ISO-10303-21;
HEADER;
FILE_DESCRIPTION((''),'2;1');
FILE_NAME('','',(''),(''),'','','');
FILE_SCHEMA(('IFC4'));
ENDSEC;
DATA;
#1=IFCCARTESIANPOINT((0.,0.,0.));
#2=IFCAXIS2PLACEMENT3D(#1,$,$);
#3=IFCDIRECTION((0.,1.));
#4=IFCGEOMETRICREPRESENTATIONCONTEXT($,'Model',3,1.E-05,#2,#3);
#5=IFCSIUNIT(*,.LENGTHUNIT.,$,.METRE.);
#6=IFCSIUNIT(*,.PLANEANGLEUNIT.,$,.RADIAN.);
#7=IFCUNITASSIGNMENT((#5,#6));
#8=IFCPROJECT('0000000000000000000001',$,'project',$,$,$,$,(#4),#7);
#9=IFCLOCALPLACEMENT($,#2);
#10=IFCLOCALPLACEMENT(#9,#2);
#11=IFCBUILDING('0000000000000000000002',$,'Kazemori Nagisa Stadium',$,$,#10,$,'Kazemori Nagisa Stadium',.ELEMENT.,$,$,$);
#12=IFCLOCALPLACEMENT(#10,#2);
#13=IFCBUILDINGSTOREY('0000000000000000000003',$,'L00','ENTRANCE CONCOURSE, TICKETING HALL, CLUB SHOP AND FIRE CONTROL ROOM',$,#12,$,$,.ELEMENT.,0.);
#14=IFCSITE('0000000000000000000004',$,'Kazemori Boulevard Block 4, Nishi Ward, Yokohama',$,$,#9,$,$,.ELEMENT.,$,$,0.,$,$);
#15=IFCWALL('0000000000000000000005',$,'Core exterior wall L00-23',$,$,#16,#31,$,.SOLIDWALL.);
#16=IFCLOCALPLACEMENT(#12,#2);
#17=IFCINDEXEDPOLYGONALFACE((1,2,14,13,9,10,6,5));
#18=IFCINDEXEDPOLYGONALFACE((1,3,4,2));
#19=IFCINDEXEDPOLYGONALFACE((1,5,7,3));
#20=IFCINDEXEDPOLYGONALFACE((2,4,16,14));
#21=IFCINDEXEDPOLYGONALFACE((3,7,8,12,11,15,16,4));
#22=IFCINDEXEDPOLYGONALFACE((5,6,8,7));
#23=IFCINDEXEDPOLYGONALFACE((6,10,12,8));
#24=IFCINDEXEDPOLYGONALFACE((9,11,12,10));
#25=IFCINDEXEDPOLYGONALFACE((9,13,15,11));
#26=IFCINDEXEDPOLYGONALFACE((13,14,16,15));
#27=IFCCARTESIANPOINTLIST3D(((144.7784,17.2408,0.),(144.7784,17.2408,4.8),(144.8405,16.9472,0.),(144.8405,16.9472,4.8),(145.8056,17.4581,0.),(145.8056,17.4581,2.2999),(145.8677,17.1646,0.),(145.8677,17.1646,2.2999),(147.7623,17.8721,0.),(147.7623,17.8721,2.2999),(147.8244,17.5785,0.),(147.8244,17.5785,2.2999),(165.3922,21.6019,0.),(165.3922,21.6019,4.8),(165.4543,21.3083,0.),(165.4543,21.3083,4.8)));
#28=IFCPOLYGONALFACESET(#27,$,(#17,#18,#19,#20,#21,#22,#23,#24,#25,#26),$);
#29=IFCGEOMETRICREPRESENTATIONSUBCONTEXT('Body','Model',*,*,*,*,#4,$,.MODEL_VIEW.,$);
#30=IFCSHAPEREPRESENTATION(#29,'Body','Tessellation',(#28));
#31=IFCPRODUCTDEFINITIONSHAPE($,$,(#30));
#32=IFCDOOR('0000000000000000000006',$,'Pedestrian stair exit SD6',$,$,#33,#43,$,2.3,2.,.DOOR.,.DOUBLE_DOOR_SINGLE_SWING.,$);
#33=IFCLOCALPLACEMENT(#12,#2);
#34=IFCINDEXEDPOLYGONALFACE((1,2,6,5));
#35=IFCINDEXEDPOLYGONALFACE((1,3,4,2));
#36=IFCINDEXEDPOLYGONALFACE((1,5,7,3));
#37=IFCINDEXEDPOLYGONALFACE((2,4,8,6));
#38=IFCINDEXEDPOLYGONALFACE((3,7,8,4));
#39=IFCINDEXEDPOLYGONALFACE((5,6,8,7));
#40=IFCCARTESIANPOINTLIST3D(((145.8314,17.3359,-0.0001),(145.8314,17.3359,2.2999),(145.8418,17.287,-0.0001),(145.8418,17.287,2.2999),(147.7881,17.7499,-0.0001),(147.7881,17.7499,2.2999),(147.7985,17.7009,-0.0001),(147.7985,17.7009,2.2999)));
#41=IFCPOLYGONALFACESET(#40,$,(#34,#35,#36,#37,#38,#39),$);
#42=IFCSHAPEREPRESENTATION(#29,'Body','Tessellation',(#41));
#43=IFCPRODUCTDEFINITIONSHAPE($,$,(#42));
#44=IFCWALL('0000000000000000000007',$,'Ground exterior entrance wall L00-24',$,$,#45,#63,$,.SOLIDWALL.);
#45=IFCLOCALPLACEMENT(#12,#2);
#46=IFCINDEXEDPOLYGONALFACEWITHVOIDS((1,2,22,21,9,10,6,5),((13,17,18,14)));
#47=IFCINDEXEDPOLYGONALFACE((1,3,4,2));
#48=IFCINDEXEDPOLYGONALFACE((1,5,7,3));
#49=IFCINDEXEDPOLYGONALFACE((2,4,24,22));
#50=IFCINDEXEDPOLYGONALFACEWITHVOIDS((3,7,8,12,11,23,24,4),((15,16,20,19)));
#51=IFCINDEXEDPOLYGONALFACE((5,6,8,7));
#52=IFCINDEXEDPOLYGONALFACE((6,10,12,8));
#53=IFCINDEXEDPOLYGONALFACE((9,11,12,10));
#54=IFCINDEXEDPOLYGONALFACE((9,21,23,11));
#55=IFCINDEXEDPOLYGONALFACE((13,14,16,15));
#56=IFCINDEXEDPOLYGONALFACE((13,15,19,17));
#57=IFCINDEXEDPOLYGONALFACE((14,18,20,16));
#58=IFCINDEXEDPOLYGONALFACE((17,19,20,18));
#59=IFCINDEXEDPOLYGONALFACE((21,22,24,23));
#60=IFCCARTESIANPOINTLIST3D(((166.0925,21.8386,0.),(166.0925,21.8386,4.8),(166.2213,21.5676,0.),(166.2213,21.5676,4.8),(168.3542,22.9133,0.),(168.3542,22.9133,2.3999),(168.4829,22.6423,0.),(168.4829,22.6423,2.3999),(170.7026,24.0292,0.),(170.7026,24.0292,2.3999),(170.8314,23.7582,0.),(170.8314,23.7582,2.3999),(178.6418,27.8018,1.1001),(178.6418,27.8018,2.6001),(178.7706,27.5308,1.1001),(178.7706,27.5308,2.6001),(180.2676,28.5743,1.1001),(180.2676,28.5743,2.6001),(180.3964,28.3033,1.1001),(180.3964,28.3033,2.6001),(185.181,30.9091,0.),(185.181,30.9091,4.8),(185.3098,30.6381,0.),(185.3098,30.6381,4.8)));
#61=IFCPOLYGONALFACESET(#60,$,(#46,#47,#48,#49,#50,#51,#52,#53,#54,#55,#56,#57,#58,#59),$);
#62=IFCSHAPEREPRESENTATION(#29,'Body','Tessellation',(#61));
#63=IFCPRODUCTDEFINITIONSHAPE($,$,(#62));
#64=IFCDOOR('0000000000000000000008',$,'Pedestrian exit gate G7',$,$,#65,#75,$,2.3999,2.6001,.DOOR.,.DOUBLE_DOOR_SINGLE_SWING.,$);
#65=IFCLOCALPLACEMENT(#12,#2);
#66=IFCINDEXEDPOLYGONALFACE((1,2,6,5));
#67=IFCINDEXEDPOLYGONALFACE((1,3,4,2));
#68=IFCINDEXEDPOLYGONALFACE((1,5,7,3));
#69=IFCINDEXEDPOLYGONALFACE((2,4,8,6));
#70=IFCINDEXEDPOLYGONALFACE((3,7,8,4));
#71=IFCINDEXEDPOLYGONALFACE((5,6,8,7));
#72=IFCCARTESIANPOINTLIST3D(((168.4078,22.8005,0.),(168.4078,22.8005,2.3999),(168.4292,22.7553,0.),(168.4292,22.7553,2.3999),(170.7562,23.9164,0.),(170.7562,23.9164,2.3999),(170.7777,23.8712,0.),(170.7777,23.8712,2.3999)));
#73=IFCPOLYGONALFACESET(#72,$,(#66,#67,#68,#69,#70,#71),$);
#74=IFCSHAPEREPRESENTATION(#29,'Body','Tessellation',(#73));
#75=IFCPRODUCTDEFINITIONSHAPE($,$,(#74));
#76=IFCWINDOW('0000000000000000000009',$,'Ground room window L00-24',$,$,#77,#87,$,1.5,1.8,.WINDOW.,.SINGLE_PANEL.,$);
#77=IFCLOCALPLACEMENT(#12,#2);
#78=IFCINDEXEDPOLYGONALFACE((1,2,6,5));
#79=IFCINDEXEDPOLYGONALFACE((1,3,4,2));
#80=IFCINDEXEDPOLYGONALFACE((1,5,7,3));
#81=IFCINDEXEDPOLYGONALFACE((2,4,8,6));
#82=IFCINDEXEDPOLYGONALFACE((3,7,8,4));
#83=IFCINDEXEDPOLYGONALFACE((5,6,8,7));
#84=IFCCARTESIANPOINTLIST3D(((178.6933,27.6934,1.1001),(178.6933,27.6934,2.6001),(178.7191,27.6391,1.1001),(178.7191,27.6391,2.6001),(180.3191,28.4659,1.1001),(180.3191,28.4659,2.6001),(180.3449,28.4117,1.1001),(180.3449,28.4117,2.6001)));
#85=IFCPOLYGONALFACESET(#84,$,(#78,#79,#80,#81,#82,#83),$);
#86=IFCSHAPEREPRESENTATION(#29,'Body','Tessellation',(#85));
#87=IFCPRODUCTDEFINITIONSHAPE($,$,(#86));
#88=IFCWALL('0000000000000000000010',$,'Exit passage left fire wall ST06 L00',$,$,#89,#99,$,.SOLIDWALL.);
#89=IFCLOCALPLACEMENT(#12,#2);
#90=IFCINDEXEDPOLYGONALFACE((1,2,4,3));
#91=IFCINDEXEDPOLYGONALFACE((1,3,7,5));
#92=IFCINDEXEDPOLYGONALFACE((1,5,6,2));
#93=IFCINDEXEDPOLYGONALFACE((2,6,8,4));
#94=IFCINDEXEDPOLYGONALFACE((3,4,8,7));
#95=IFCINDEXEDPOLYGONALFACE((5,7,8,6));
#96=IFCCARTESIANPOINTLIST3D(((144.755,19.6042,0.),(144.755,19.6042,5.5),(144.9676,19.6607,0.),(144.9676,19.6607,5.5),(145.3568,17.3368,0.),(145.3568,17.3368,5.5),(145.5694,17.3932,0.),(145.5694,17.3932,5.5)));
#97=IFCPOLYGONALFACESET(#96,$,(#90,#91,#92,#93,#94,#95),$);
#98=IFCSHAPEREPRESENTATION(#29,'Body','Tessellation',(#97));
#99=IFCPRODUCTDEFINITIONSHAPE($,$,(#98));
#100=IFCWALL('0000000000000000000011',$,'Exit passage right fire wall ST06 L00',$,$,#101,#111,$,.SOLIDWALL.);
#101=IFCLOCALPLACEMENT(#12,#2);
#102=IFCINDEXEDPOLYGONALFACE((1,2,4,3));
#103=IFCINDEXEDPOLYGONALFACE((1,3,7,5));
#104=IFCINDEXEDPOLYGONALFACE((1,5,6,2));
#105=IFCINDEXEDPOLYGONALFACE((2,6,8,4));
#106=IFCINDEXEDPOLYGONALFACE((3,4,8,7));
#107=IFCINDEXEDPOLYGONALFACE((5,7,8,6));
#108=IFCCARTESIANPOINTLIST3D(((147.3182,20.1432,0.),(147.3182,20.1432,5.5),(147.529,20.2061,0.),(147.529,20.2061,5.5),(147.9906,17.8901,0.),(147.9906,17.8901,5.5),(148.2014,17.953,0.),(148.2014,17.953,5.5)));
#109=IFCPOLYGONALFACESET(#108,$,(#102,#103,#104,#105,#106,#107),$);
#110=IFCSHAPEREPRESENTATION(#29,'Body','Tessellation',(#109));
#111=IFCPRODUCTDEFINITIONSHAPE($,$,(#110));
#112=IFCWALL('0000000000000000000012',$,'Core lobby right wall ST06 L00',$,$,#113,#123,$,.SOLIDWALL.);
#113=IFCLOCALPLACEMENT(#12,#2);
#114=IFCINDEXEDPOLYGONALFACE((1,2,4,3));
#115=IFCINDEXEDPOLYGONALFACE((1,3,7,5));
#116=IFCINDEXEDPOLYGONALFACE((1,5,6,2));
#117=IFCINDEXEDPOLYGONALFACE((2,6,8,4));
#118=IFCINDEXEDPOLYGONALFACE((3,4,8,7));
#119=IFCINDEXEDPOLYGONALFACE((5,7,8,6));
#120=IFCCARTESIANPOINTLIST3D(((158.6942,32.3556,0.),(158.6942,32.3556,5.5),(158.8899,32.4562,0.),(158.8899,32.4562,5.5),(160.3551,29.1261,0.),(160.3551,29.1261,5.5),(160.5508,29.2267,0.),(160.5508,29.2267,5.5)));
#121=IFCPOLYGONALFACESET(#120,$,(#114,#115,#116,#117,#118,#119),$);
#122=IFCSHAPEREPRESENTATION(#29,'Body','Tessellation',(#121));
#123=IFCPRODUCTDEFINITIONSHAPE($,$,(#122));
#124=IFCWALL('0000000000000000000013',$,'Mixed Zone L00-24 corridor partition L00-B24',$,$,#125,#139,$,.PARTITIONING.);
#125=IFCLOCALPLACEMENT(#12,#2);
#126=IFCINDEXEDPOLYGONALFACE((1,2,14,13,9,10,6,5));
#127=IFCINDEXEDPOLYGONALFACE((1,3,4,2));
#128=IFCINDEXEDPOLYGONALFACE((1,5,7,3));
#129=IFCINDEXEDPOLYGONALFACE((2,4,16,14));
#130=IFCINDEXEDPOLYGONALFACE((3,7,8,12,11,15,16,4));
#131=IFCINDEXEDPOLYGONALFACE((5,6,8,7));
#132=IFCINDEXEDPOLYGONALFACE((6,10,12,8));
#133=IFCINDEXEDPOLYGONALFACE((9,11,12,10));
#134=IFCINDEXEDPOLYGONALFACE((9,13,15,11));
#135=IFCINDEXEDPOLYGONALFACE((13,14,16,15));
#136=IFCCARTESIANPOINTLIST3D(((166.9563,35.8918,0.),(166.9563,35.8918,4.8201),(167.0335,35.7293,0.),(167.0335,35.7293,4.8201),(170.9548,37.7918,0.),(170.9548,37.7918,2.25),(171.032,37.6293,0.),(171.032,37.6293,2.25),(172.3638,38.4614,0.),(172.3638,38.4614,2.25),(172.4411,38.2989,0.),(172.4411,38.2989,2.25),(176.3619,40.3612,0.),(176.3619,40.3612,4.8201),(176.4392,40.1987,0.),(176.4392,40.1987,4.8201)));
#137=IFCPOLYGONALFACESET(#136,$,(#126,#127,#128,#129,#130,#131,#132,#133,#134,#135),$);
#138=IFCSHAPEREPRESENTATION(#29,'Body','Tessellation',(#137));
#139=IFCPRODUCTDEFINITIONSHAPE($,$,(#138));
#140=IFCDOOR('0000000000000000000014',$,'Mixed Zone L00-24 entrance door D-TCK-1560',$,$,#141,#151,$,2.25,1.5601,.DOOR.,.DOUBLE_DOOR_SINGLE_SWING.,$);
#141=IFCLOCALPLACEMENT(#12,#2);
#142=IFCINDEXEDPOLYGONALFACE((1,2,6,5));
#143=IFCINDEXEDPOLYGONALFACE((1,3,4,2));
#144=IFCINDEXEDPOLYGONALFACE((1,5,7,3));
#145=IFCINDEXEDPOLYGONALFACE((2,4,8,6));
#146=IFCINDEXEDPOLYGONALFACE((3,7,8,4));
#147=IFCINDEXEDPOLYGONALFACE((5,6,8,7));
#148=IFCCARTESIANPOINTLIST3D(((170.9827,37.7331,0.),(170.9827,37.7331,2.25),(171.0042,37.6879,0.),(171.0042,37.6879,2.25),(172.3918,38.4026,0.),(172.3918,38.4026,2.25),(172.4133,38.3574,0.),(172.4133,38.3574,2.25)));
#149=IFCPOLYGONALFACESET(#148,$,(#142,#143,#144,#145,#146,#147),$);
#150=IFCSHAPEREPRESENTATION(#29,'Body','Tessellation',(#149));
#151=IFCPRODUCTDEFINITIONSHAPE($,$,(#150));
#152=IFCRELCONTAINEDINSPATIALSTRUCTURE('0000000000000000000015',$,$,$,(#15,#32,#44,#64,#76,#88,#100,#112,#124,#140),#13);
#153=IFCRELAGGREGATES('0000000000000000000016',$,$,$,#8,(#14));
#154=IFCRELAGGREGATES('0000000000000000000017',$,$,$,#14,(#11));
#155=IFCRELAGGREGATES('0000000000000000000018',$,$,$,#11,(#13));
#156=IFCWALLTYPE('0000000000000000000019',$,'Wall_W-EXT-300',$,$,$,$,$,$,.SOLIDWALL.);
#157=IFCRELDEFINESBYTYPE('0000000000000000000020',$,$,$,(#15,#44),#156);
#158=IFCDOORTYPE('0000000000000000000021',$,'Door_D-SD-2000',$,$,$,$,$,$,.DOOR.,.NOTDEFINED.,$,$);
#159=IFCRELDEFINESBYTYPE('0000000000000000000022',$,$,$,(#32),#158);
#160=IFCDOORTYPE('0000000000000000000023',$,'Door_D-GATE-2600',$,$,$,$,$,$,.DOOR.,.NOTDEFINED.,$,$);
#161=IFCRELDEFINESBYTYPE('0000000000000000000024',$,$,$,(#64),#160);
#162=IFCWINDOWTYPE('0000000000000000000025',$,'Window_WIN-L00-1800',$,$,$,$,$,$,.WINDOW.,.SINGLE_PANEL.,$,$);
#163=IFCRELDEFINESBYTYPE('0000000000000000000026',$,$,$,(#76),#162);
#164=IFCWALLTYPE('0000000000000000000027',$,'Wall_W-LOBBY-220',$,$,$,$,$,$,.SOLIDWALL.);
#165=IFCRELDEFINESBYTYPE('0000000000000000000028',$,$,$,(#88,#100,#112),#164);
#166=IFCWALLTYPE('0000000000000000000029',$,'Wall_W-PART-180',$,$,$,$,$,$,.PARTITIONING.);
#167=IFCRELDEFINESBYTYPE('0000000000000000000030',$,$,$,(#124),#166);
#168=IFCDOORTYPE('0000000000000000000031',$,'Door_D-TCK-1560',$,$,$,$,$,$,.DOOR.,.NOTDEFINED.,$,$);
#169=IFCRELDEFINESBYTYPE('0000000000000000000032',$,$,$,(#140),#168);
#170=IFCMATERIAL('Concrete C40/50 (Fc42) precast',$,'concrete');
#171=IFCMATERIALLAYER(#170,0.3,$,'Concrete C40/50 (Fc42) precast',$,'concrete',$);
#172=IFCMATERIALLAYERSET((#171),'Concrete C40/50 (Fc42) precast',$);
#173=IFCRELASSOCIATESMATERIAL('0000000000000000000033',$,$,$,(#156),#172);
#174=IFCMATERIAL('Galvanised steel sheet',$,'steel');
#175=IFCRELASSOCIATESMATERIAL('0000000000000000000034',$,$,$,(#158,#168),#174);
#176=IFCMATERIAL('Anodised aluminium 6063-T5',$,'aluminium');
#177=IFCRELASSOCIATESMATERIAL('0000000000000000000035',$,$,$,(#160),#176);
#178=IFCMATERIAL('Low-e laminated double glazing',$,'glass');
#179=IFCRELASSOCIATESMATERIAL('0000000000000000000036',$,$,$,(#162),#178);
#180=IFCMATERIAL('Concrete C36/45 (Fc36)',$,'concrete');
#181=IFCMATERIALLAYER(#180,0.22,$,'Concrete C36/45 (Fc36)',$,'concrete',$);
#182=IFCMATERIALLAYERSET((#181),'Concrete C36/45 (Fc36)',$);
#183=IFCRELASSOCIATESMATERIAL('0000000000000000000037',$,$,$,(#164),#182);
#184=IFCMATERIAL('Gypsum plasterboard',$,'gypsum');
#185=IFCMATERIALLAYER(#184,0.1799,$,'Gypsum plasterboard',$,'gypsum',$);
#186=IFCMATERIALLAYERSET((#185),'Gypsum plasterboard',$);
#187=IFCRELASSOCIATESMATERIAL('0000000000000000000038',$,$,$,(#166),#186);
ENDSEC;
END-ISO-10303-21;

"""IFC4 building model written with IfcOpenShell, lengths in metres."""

from ifc_helpers import new_model, si_unit, direction, frame, frame_2d, origin, place, context, subcontext, project, spatial, rectangle, extrude, material, layer, layer_set, type_object, element, fill, save


model = new_model("IFC4")

# Units and contexts
model_context = context("Model", 3, precision=1e-05, world=origin(), true_north=direction((0.0, 1.0)))
body_context = subcontext(model_context, "Body", "Model", "MODEL_VIEW")
ifc_project = project(units=[si_unit("LENGTHUNIT", "METRE"), si_unit("PLANEANGLEUNIT", "RADIAN")], contexts=[model_context])

# Site, building, storey
site_placement = place(None, origin())
site = spatial("IfcSite", under=ifc_project, at=site_placement, Name="Kazemori Boulevard Block 4, Nishi Ward, Yokohama", CompositionType="ELEMENT", RefElevation=0.0)
building_placement = place(site_placement, origin())
building = spatial("IfcBuilding", under=site, at=building_placement, Name="Kazemori Nagisa Stadium", LongName="Kazemori Nagisa Stadium", CompositionType="ELEMENT")
storey_placement = place(building_placement, origin())
storey = spatial("IfcBuildingStorey", under=building, at=storey_placement, Name="L00", Description="ENTRANCE CONCOURSE, TICKETING HALL, CLUB SHOP AND FIRE CONTROL ROOM", CompositionType="ELEMENT", Elevation=0.0)

# Wall, opening, door
ifc_material_1 = material(Name="Concrete C40/50 (Fc42) precast", Category="concrete")
ifc_layer_1 = layer(ifc_material_1, 0.3, Name="Concrete C40/50 (Fc42) precast", Category="concrete")
ifc_layer_set_1 = layer_set([ifc_layer_1], Name="Concrete C40/50 (Fc42) precast")
wall_type_1 = type_object("IfcWallType", Name="Wall_W-EXT-300", PredefinedType="SOLIDWALL", material=ifc_layer_set_1)
wall_1_placement = place(storey_placement, frame((144.8093, 17.094, 0.0), z_axis=(0.0, 0.0, 1.0), x_axis=(0.978345, 0.20698, 0.0)))
wall_1 = element("IfcWall", 1, at=wall_1_placement, inside=storey, type_object=wall_type_1, Name="Core exterior wall L00-23", PredefinedType="SOLIDWALL", context=body_context, shape_type="SweptSolid", body=[
    extrude(rectangle(XDim=21.0701, YDim=0.3, at=frame_2d((10.5352, 0.0))), origin(), (0.0, 0.0, 1.0), 4.8),
])
opening_1_placement = place(wall_1_placement, frame((1.05, 0.0, 0.0)))
opening_1 = element("IfcOpeningElement", 2, at=opening_1_placement, cuts=wall_1, PredefinedType="OPENING", context=body_context, shape_type="SweptSolid", body=[
    extrude(rectangle(XDim=2.0, YDim=2.3, at=frame_2d((1.0, 1.1499))), frame((0.0, 0.1599, 0.0), z_axis=(0.0, -1.0, 0.0), x_axis=(1.0, 0.0, 0.0)), (0.0, 0.0, 1.0), 0.3201),
])
ifc_material_2 = material(Name="Galvanised steel sheet", Category="steel")
door_type_1 = type_object("IfcDoorType", Name="Door_D-SD-2000", OperationType="NOTDEFINED", PredefinedType="DOOR", material=ifc_material_2)
door_1_placement = place(opening_1_placement, frame((2.0, 0.0, 0.0), z_axis=(0.0, 0.0, 1.0), x_axis=(-1.0, 0.0, 0.0)))
door_1 = element("IfcDoor", 3, at=door_1_placement, inside=storey, type_object=door_type_1, Name="Pedestrian stair exit SD6", OperationType="DOUBLE_DOOR_SINGLE_SWING", OverallHeight=2.3, OverallWidth=2.0, PredefinedType="DOOR", context=body_context, shape_type="SweptSolid", body=[
    extrude(rectangle(XDim=2.0, YDim=2.3, at=frame_2d((1.0, 1.1499))), frame((0.0, 0.0249, 0.0), z_axis=(0.0, -1.0, 0.0), x_axis=(1.0, 0.0, 0.0)), (0.0, 0.0, 1.0), 0.05),
])
fill(opening_1, door_1)

# Wall, openings, door, window
wall_2_placement = place(storey_placement, frame((166.157, 21.7031, 0.0), z_axis=(0.0, 0.0, 1.0), x_axis=(0.903214, 0.42919, 0.0)))
wall_2 = element("IfcWall", 4, at=wall_2_placement, inside=storey, type_object=wall_type_1, Name="Ground exterior entrance wall L00-24", PredefinedType="SOLIDWALL", context=body_context, shape_type="SweptSolid", body=[
    extrude(rectangle(XDim=21.134, YDim=0.3, at=frame_2d((10.5669, 0.0))), origin(), (0.0, 0.0, 1.0), 4.8),
])
opening_2_placement = place(wall_2_placement, frame((2.5039, 0.0, 0.0)))
opening_2 = element("IfcOpeningElement", 5, at=opening_2_placement, cuts=wall_2, PredefinedType="OPENING", context=body_context, shape_type="SweptSolid", body=[
    extrude(rectangle(XDim=2.6001, YDim=2.3999, at=frame_2d((1.3, 1.2))), frame((0.0, 0.1599, 0.0), z_axis=(0.0, -1.0, 0.0), x_axis=(1.0, 0.0, 0.0)), (0.0, 0.0, 1.0), 0.3201),
])
opening_3_placement = place(wall_2_placement, frame((13.894, 0.0, 1.1001)))
opening_3 = element("IfcOpeningElement", 6, at=opening_3_placement, cuts=wall_2, PredefinedType="OPENING", context=body_context, shape_type="SweptSolid", body=[
    extrude(rectangle(XDim=1.8, YDim=1.5, at=frame_2d((0.8999, 0.75))), frame((0.0, 0.1599, 0.0), z_axis=(0.0, -1.0, 0.0), x_axis=(1.0, 0.0, 0.0)), (0.0, 0.0, 1.0), 0.3201),
])
ifc_material_3 = material(Name="Anodised aluminium 6063-T5", Category="aluminium")
door_type_2 = type_object("IfcDoorType", Name="Door_D-GATE-2600", OperationType="NOTDEFINED", PredefinedType="DOOR", material=ifc_material_3)
door_2_placement = place(opening_2_placement, frame((2.6001, 0.0, 0.0), z_axis=(0.0, 0.0, 1.0), x_axis=(-1.0, 0.0, 0.0)))
door_2 = element("IfcDoor", 7, at=door_2_placement, inside=storey, type_object=door_type_2, Name="Pedestrian exit gate G7", OperationType="DOUBLE_DOOR_SINGLE_SWING", OverallHeight=2.3999, OverallWidth=2.6001, PredefinedType="DOOR", context=body_context, shape_type="SweptSolid", body=[
    extrude(rectangle(XDim=2.6001, YDim=2.3999, at=frame_2d((1.3, 1.2))), frame((0.0, 0.0249, 0.0), z_axis=(0.0, -1.0, 0.0), x_axis=(1.0, 0.0, 0.0)), (0.0, 0.0, 1.0), 0.05),
])
fill(opening_2, door_2)
ifc_material_4 = material(Name="Low-e laminated double glazing", Category="glass")
window_type = type_object("IfcWindowType", Name="Window_WIN-L00-1800", PartitioningType="SINGLE_PANEL", PredefinedType="WINDOW", material=ifc_material_4)
window_placement = place(opening_3_placement, origin())
window = element("IfcWindow", 8, at=window_placement, inside=storey, type_object=window_type, Name="Ground room window L00-24", OverallHeight=1.5, OverallWidth=1.8, PartitioningType="SINGLE_PANEL", PredefinedType="WINDOW", context=body_context, shape_type="SweptSolid", body=[
    extrude(rectangle(XDim=1.8, YDim=1.5, at=frame_2d((0.8999, 0.75))), frame((0.0, 0.03, 0.0), z_axis=(0.0, -1.0, 0.0), x_axis=(1.0, 0.0, 0.0)), (0.0, 0.0, 1.0), 0.0601),
])
fill(opening_3, window)

# Walls
ifc_material_5 = material(Name="Concrete C36/45 (Fc36)", Category="concrete")
ifc_layer_2 = layer(ifc_material_5, 0.22, Name="Concrete C36/45 (Fc36)", Category="concrete")
ifc_layer_set_2 = layer_set([ifc_layer_2], Name="Concrete C36/45 (Fc36)")
wall_type_2 = type_object("IfcWallType", Name="Wall_W-LOBBY-220", PredefinedType="SOLIDWALL", material=ifc_layer_set_2)
wall_3_placement = place(storey_placement, frame((144.8613, 19.6323, 0.0), z_axis=(0.0, 0.0, 1.0), x_axis=(0.256542, -0.966533, 0.0)))
element("IfcWall", 9, at=wall_3_placement, inside=storey, type_object=wall_type_2, Name="Exit passage left fire wall ST06 L00", PredefinedType="SOLIDWALL", context=body_context, shape_type="SweptSolid", body=[
    extrude(rectangle(XDim=2.3459, YDim=0.22, at=frame_2d((1.1729, 0.0))), origin(), (0.0, 0.0, 1.0), 5.5),
])
wall_4_placement = place(storey_placement, frame((147.4236, 20.1748, 0.0), z_axis=(0.0, 0.0, 1.0), x_axis=(0.285947, -0.958245, 0.0)))
element("IfcWall", 10, at=wall_4_placement, inside=storey, type_object=wall_type_2, Name="Exit passage right fire wall ST06 L00", PredefinedType="SOLIDWALL", context=body_context, shape_type="SweptSolid", body=[
    extrude(rectangle(XDim=2.3513, YDim=0.22, at=frame_2d((1.1758, 0.0))), origin(), (0.0, 0.0, 1.0), 5.5),
])
wall_5_placement = place(storey_placement, frame((158.792, 32.406, 0.0), z_axis=(0.0, 0.0, 1.0), x_axis=(0.45735, -0.889287, 0.0)))
element("IfcWall", 11, at=wall_5_placement, inside=storey, type_object=wall_type_2, Name="Core lobby right wall ST06 L00", PredefinedType="SOLIDWALL", context=body_context, shape_type="SweptSolid", body=[
    extrude(rectangle(XDim=3.6316, YDim=0.22, at=frame_2d((1.8159, 0.0))), origin(), (0.0, 0.0, 1.0), 5.5),
])

# Wall, opening, door
ifc_material_6 = material(Name="Gypsum plasterboard", Category="gypsum")
ifc_layer_3 = layer(ifc_material_6, 0.1799, Name="Gypsum plasterboard", Category="gypsum")
ifc_layer_set_3 = layer_set([ifc_layer_3], Name="Gypsum plasterboard")
wall_type_3 = type_object("IfcWallType", Name="Wall_W-PART-180", PredefinedType="PARTITIONING", material=ifc_layer_set_3)
wall_6_placement = place(storey_placement, frame((166.9949, 35.8105, 0.0), z_axis=(0.0, 0.0, 1.0), x_axis=(0.903213, 0.429194, 0.0)))
wall_6 = element("IfcWall", 12, at=wall_6_placement, inside=storey, type_object=wall_type_3, Name="Mixed Zone L00-24 corridor partition L00-B24", PredefinedType="PARTITIONING", context=body_context, shape_type="SweptSolid", body=[
    extrude(rectangle(XDim=10.4136, YDim=0.1799, at=frame_2d((5.2068, 0.0))), origin(), (0.0, 0.0, 1.0), 4.8201),
])
opening_4_placement = place(wall_6_placement, frame((4.427, 0.0, 0.0)))
opening_4 = element("IfcOpeningElement", 13, at=opening_4_placement, cuts=wall_6, PredefinedType="OPENING", context=body_context, shape_type="SweptSolid", body=[
    extrude(rectangle(XDim=1.5601, YDim=2.25, at=frame_2d((0.78, 1.125))), frame((0.0, 0.0999, 0.0), z_axis=(0.0, -1.0, 0.0), x_axis=(1.0, 0.0, 0.0)), (0.0, 0.0, 1.0), 0.2),
])
door_type_3 = type_object("IfcDoorType", Name="Door_D-TCK-1560", OperationType="NOTDEFINED", PredefinedType="DOOR", material=ifc_material_2)
door_3_placement = place(opening_4_placement, origin())
door_3 = element("IfcDoor", 14, at=door_3_placement, inside=storey, type_object=door_type_3, Name="Mixed Zone L00-24 entrance door D-TCK-1560", OperationType="DOUBLE_DOOR_SINGLE_SWING", OverallHeight=2.25, OverallWidth=1.5601, PredefinedType="DOOR", context=body_context, shape_type="SweptSolid", body=[
    extrude(rectangle(XDim=1.5601, YDim=2.25, at=frame_2d((0.78, 1.125))), frame((0.0, 0.0249, 0.0), z_axis=(0.0, -1.0, 0.0), x_axis=(1.0, 0.0, 0.0)), (0.0, 0.0, 1.0), 0.05),
])
fill(opening_4, door_3)

save(model, "model.ifc")
